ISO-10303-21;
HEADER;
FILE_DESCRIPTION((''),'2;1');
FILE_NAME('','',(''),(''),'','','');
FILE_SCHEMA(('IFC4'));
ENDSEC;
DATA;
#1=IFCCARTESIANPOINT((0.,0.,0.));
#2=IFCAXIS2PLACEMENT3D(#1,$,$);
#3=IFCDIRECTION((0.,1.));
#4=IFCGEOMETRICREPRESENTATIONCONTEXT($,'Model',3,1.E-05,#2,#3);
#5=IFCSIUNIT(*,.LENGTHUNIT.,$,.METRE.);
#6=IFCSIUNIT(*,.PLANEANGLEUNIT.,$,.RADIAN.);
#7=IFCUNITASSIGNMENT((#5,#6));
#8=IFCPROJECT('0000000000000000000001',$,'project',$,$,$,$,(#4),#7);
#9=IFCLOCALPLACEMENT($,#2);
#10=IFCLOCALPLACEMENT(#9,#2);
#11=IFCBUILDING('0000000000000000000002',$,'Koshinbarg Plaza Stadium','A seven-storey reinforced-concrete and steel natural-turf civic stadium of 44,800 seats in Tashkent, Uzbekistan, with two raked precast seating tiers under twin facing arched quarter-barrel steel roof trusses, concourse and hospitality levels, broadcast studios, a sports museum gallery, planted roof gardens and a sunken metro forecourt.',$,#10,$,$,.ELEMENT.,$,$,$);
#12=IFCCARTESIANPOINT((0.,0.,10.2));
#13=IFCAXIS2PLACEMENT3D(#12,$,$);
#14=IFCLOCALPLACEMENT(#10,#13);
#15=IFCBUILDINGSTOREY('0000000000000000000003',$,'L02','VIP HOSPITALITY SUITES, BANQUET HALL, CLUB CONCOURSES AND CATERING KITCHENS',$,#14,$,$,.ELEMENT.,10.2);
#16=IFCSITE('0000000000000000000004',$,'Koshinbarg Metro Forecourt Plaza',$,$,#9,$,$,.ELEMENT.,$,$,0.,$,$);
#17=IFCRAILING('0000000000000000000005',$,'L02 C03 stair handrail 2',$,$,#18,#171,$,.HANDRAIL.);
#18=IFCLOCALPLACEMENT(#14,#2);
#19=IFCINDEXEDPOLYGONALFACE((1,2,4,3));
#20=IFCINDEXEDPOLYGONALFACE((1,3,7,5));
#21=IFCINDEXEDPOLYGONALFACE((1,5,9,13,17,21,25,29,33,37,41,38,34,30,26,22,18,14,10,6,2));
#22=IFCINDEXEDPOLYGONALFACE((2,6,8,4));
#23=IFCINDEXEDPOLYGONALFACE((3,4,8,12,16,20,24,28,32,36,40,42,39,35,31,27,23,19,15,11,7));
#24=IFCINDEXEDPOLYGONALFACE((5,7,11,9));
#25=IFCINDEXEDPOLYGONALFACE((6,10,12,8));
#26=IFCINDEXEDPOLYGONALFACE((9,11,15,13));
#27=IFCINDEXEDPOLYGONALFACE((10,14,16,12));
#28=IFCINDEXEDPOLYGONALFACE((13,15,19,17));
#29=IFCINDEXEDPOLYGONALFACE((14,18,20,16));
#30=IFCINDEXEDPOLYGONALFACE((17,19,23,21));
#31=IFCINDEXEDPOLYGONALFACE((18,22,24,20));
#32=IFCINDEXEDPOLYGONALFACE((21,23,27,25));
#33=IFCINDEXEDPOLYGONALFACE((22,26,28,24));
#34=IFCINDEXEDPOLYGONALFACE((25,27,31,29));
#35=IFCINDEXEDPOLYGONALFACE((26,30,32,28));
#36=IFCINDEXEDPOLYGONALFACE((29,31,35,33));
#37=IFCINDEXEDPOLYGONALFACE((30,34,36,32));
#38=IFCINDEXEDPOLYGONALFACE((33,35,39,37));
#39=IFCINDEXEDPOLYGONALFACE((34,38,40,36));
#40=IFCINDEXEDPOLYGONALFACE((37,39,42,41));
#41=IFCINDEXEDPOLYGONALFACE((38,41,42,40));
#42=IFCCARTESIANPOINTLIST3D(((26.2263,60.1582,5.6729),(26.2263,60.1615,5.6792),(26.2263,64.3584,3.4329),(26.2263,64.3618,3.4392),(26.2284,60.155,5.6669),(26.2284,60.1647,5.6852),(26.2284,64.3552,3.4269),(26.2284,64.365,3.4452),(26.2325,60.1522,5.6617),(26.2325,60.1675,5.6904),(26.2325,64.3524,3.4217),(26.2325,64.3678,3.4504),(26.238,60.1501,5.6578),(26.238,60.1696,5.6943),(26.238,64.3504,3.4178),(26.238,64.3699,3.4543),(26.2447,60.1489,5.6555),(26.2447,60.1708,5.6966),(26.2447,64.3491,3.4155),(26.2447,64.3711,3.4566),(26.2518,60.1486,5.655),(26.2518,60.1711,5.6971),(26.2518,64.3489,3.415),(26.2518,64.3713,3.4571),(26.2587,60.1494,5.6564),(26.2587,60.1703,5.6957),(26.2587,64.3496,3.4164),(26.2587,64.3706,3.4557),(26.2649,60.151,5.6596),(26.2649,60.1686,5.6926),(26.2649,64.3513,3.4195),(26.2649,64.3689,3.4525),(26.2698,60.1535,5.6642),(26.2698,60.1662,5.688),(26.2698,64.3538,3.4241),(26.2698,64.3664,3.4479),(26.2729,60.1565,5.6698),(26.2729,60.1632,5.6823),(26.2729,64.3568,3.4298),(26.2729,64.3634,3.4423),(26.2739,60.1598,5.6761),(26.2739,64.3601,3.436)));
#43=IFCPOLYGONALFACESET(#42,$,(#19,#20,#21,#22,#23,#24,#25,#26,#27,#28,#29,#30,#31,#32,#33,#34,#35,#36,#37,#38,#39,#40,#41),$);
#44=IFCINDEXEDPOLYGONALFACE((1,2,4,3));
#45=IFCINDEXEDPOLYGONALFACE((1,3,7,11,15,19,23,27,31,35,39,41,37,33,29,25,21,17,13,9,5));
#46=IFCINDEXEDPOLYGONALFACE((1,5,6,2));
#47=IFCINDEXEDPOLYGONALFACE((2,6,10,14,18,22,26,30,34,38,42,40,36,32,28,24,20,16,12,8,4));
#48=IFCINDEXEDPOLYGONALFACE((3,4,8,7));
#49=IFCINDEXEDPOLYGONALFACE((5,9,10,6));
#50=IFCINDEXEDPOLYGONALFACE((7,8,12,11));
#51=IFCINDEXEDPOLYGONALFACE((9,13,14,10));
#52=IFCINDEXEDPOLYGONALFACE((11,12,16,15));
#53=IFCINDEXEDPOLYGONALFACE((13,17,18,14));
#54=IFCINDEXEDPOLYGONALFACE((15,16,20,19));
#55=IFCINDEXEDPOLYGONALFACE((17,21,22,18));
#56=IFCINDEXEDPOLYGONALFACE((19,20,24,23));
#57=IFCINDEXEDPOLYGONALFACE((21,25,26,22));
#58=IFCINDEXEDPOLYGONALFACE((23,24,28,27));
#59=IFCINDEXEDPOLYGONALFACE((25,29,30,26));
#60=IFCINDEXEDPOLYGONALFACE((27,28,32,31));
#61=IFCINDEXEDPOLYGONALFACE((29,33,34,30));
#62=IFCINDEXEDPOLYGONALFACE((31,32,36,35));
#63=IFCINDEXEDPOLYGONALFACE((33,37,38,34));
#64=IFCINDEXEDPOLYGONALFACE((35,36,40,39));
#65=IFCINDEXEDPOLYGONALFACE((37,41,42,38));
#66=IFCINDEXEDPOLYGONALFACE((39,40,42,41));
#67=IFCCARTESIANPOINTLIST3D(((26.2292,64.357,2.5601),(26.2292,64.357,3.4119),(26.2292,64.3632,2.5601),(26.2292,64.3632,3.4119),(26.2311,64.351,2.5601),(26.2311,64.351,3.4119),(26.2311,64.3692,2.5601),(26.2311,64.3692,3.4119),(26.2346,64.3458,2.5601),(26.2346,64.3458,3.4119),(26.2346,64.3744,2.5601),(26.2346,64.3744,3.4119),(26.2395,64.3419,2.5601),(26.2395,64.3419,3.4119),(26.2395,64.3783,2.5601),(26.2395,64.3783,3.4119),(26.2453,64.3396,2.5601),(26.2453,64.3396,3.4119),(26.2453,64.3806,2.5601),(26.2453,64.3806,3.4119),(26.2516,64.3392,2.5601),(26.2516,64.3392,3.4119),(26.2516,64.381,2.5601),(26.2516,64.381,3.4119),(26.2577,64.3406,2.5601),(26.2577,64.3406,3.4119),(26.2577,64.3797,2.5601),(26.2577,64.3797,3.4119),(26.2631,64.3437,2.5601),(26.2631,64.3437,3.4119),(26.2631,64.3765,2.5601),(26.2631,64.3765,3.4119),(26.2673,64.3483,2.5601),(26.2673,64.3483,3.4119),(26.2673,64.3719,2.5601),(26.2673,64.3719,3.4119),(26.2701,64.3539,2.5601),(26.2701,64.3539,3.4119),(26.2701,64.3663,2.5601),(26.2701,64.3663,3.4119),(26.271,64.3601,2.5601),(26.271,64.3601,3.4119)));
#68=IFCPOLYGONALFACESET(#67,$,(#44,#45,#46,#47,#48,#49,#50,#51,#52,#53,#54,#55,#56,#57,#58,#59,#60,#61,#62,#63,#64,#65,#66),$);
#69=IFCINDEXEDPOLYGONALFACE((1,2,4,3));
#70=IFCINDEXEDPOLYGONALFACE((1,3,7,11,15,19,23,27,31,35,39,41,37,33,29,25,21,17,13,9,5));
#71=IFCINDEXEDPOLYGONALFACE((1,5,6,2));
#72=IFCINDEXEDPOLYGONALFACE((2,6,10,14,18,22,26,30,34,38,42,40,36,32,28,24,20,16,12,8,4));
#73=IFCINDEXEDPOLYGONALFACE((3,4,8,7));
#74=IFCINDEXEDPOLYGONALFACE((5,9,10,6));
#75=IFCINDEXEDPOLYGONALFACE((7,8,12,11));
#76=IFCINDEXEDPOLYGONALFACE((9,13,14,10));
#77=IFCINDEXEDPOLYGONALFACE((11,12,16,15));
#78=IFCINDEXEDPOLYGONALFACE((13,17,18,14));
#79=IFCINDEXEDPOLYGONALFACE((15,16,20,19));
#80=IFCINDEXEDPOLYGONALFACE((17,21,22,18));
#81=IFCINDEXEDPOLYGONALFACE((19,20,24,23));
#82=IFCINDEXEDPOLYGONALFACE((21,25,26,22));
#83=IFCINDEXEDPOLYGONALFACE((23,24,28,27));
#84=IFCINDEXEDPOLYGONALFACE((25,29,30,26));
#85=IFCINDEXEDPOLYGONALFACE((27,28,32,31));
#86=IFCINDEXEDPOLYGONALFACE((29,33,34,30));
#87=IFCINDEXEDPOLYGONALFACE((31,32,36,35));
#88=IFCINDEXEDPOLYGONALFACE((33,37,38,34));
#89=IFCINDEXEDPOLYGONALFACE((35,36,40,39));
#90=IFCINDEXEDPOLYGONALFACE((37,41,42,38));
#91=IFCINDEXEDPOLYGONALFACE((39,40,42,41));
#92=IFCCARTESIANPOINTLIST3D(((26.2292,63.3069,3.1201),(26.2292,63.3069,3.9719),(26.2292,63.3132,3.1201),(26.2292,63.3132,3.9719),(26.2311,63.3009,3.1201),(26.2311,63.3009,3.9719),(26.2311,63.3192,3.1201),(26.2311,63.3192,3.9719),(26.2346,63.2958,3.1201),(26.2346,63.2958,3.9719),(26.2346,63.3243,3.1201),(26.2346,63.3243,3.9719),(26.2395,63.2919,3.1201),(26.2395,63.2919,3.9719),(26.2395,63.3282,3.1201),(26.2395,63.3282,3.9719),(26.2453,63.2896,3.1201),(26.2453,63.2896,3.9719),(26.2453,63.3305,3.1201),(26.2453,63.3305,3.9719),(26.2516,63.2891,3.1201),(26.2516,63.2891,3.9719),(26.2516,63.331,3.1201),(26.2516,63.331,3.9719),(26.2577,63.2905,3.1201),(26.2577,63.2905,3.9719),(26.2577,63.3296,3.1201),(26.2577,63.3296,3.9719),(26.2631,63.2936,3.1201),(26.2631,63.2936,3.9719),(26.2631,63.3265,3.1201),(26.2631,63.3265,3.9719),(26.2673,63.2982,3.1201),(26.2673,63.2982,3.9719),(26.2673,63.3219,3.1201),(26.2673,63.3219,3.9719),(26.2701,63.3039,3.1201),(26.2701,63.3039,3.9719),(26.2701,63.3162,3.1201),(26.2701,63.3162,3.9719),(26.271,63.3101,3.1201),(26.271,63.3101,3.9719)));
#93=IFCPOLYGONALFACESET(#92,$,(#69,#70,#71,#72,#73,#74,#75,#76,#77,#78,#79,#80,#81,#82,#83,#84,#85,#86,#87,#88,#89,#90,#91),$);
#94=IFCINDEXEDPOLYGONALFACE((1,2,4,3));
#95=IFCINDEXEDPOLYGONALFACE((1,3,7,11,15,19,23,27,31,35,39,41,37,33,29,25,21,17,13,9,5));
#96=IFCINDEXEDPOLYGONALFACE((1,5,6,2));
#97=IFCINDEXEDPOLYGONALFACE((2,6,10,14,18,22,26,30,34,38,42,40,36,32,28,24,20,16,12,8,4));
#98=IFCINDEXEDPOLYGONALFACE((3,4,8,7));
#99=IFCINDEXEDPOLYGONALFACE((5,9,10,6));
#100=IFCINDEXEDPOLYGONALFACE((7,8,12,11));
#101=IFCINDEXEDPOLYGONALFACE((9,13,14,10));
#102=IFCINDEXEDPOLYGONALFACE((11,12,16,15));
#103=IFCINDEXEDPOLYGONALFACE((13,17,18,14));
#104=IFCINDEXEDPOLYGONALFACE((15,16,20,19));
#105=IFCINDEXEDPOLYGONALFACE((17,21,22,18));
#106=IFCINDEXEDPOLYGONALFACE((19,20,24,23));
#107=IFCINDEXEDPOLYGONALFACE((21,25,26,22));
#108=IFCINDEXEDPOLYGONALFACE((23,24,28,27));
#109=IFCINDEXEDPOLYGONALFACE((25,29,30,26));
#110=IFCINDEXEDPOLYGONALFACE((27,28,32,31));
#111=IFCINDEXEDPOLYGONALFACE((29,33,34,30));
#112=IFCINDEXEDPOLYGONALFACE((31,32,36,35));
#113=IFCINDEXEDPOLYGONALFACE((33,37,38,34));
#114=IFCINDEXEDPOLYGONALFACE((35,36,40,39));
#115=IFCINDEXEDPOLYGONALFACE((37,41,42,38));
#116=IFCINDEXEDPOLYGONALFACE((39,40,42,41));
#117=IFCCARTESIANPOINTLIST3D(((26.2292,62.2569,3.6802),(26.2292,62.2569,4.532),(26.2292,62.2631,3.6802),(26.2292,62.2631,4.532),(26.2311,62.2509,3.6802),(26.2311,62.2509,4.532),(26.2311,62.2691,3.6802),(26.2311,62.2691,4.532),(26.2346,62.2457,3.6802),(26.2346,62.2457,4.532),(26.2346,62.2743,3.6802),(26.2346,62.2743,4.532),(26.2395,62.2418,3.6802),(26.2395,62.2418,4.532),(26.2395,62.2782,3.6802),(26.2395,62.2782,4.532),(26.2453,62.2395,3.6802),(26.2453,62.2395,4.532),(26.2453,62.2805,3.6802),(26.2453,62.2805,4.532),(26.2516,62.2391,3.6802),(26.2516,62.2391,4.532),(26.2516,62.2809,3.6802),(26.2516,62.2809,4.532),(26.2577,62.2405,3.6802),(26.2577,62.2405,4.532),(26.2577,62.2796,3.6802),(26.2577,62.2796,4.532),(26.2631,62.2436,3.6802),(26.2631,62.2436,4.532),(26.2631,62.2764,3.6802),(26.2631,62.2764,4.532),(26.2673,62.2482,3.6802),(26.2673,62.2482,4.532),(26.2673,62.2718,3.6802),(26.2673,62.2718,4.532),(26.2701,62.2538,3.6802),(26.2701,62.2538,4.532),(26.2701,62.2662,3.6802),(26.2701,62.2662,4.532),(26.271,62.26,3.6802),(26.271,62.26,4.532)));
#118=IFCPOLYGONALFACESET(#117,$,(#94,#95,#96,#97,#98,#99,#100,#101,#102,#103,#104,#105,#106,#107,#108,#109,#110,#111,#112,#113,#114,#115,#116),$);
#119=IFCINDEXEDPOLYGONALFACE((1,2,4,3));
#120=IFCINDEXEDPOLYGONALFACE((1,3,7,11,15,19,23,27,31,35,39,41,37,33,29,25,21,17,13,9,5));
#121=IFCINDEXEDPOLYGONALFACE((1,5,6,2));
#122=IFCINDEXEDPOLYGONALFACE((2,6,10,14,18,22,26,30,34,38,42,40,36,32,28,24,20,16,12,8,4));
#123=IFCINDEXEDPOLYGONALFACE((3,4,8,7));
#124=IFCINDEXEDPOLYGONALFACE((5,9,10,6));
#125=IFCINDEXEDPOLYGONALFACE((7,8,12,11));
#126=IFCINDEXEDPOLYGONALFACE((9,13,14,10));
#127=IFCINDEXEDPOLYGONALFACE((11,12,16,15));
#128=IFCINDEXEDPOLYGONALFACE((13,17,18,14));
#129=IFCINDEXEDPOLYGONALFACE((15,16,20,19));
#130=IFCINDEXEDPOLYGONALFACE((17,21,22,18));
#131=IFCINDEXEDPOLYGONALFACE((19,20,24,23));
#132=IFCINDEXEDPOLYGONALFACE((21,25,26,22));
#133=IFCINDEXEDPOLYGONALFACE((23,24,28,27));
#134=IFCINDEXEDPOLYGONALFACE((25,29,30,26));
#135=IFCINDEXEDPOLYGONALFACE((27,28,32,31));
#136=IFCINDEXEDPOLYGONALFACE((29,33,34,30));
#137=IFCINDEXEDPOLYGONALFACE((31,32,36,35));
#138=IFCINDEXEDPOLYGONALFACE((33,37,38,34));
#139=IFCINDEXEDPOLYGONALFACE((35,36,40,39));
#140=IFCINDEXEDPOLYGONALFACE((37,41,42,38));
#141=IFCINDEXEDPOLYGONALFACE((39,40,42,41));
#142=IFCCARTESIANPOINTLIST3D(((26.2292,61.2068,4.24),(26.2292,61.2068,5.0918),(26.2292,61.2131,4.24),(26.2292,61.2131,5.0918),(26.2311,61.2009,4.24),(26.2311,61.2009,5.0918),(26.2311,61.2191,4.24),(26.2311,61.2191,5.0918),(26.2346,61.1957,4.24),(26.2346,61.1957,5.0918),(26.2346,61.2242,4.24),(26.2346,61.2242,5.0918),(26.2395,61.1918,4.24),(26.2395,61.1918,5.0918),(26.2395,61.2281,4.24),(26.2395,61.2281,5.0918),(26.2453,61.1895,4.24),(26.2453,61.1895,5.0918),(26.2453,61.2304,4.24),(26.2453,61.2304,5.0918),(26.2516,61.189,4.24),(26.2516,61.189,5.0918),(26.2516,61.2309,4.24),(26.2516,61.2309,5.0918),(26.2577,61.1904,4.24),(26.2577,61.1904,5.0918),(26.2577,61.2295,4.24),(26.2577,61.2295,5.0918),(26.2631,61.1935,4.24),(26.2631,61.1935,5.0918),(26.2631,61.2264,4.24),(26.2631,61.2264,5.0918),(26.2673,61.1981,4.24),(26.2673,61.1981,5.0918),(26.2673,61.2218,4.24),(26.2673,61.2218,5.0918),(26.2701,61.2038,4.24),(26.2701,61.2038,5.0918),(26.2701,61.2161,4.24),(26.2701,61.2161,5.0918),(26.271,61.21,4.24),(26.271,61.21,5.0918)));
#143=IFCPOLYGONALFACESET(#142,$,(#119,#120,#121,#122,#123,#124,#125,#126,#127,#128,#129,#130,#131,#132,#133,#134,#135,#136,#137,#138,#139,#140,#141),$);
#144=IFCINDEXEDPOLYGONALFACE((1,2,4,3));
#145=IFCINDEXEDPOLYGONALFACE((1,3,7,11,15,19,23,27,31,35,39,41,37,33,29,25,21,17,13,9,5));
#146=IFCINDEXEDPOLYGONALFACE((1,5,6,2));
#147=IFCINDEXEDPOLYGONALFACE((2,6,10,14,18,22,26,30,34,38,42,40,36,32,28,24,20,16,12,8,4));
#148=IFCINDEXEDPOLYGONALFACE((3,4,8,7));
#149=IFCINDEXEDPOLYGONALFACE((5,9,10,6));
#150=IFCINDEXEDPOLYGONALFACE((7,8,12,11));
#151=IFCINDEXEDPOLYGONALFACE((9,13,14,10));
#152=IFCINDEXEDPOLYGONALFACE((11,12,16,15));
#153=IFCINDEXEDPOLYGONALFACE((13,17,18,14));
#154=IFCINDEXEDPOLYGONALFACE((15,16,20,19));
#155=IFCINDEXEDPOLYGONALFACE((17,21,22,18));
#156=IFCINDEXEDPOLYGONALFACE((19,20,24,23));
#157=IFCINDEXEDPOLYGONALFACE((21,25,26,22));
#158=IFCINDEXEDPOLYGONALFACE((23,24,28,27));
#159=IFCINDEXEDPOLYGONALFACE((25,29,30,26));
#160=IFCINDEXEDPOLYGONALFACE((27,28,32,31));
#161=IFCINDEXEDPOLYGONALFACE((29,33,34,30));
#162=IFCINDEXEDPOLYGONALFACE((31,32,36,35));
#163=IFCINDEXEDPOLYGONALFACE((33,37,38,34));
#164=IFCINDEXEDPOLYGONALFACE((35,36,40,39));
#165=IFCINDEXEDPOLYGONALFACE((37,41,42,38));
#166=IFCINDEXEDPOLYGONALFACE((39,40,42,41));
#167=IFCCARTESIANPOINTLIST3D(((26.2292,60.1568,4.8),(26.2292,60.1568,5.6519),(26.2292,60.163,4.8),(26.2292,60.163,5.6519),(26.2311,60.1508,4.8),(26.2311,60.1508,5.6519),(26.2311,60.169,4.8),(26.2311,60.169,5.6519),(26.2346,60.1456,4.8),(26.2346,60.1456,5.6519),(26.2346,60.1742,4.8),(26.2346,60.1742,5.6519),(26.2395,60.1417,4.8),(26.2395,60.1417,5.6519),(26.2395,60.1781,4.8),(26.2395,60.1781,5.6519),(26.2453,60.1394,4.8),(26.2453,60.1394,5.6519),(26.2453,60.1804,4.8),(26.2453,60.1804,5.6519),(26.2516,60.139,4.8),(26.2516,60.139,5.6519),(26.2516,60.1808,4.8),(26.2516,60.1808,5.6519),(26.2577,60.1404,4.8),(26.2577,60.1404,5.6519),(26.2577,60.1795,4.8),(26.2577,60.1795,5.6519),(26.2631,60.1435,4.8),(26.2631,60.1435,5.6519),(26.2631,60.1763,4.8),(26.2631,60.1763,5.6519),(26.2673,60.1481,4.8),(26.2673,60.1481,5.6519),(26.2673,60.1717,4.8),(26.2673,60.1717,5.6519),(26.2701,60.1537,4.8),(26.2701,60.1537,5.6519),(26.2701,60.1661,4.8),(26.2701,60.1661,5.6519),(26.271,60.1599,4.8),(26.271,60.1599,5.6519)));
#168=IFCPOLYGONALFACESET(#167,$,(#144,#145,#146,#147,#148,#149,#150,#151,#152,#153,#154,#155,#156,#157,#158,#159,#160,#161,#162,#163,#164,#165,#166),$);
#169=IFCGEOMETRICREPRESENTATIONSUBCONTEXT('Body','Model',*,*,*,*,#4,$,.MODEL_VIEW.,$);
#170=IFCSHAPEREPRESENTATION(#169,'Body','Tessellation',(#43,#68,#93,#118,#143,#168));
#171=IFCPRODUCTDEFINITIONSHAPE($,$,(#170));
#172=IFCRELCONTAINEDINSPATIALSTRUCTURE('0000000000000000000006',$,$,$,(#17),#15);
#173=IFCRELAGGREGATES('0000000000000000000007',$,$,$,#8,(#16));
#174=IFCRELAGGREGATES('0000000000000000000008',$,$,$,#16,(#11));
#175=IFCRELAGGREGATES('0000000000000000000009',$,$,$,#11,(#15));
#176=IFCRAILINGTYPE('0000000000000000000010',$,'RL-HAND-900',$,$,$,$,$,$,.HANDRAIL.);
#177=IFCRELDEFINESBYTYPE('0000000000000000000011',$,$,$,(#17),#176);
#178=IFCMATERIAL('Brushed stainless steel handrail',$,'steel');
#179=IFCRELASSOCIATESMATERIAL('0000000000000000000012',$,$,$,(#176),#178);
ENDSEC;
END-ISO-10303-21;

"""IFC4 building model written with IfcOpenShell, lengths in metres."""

from ifc_helpers import new_model, si_unit, direction, frame, origin, origin_2d, place, context, subcontext, project, spatial, circle, extrude, material, type_object, element, save


model = new_model("IFC4")

# Units and contexts
model_context = context("Model", 3, precision=1e-05, world=origin(), true_north=direction((0.0, 1.0)))
body_context = subcontext(model_context, "Body", "Model", "MODEL_VIEW")
ifc_project = project(units=[si_unit("LENGTHUNIT", "METRE"), si_unit("PLANEANGLEUNIT", "RADIAN")], contexts=[model_context])

# Site, building, storey
site_placement = place(None, origin())
site = spatial("IfcSite", under=ifc_project, at=site_placement, Name="Koshinbarg Metro Forecourt Plaza", CompositionType="ELEMENT", RefElevation=0.0)
building_placement = place(site_placement, origin())
building = spatial("IfcBuilding", under=site, at=building_placement, Name="Koshinbarg Plaza Stadium", Description="A seven-storey reinforced-concrete and steel natural-turf civic stadium of 44,800 seats in Tashkent, Uzbekistan, with two raked precast seating tiers under twin facing arched quarter-barrel steel roof trusses, concourse and hospitality levels, broadcast studios, a sports museum gallery, planted roof gardens and a sunken metro forecourt.", CompositionType="ELEMENT")
storey_placement = place(building_placement, frame((0.0, 0.0, 10.2)))
storey = spatial("IfcBuildingStorey", under=building, at=storey_placement, Name="L02", Description="VIP HOSPITALITY SUITES, BANQUET HALL, CLUB CONCOURSES AND CATERING KITCHENS", CompositionType="ELEMENT", Elevation=10.2)

# Railing
ifc_material_1 = material(Name="Brushed stainless steel handrail", Category="steel")
railing_type_1 = type_object("IfcRailingType", Name="RL-HAND-900", PredefinedType="HANDRAIL", material=ifc_material_1)
railing_1_placement = place(storey_placement, frame((26.25, 64.3601, 2.5601)))
element("IfcRailing", 1, at=railing_1_placement, inside=storey, type_object=railing_type_1, Name="L02 C03 stair handrail 2", PredefinedType="HANDRAIL", context=body_context, shape_type="SweptSolid", body=[
    extrude(circle(Radius=0.0239, at=origin_2d()), frame((0.0, 0.0, 0.876), z_axis=(0.0, -0.882363, 0.47057), x_axis=(1.0, 0.0, 0.0)), (0.0, 0.0, 1.0), 4.7603),
    extrude(circle(Radius=0.021, at=origin_2d()), origin(), (0.0, 0.0, 1.0), 0.8518),
    extrude(circle(Radius=0.021, at=origin_2d()), frame((0.0, -1.05, 0.5601)), (0.0, 0.0, 1.0), 0.8518),
    extrude(circle(Radius=0.021, at=origin_2d()), frame((0.0, -2.1001, 1.1201)), (0.0, 0.0, 1.0), 0.8518),
    extrude(circle(Radius=0.021, at=origin_2d()), frame((0.0, -3.1501, 1.6799)), (0.0, 0.0, 1.0), 0.8518),
    extrude(circle(Radius=0.021, at=origin_2d()), frame((0.0, -4.2002, 2.24)), (0.0, 0.0, 1.0), 0.8518),
])

save(model, "model.ifc")
